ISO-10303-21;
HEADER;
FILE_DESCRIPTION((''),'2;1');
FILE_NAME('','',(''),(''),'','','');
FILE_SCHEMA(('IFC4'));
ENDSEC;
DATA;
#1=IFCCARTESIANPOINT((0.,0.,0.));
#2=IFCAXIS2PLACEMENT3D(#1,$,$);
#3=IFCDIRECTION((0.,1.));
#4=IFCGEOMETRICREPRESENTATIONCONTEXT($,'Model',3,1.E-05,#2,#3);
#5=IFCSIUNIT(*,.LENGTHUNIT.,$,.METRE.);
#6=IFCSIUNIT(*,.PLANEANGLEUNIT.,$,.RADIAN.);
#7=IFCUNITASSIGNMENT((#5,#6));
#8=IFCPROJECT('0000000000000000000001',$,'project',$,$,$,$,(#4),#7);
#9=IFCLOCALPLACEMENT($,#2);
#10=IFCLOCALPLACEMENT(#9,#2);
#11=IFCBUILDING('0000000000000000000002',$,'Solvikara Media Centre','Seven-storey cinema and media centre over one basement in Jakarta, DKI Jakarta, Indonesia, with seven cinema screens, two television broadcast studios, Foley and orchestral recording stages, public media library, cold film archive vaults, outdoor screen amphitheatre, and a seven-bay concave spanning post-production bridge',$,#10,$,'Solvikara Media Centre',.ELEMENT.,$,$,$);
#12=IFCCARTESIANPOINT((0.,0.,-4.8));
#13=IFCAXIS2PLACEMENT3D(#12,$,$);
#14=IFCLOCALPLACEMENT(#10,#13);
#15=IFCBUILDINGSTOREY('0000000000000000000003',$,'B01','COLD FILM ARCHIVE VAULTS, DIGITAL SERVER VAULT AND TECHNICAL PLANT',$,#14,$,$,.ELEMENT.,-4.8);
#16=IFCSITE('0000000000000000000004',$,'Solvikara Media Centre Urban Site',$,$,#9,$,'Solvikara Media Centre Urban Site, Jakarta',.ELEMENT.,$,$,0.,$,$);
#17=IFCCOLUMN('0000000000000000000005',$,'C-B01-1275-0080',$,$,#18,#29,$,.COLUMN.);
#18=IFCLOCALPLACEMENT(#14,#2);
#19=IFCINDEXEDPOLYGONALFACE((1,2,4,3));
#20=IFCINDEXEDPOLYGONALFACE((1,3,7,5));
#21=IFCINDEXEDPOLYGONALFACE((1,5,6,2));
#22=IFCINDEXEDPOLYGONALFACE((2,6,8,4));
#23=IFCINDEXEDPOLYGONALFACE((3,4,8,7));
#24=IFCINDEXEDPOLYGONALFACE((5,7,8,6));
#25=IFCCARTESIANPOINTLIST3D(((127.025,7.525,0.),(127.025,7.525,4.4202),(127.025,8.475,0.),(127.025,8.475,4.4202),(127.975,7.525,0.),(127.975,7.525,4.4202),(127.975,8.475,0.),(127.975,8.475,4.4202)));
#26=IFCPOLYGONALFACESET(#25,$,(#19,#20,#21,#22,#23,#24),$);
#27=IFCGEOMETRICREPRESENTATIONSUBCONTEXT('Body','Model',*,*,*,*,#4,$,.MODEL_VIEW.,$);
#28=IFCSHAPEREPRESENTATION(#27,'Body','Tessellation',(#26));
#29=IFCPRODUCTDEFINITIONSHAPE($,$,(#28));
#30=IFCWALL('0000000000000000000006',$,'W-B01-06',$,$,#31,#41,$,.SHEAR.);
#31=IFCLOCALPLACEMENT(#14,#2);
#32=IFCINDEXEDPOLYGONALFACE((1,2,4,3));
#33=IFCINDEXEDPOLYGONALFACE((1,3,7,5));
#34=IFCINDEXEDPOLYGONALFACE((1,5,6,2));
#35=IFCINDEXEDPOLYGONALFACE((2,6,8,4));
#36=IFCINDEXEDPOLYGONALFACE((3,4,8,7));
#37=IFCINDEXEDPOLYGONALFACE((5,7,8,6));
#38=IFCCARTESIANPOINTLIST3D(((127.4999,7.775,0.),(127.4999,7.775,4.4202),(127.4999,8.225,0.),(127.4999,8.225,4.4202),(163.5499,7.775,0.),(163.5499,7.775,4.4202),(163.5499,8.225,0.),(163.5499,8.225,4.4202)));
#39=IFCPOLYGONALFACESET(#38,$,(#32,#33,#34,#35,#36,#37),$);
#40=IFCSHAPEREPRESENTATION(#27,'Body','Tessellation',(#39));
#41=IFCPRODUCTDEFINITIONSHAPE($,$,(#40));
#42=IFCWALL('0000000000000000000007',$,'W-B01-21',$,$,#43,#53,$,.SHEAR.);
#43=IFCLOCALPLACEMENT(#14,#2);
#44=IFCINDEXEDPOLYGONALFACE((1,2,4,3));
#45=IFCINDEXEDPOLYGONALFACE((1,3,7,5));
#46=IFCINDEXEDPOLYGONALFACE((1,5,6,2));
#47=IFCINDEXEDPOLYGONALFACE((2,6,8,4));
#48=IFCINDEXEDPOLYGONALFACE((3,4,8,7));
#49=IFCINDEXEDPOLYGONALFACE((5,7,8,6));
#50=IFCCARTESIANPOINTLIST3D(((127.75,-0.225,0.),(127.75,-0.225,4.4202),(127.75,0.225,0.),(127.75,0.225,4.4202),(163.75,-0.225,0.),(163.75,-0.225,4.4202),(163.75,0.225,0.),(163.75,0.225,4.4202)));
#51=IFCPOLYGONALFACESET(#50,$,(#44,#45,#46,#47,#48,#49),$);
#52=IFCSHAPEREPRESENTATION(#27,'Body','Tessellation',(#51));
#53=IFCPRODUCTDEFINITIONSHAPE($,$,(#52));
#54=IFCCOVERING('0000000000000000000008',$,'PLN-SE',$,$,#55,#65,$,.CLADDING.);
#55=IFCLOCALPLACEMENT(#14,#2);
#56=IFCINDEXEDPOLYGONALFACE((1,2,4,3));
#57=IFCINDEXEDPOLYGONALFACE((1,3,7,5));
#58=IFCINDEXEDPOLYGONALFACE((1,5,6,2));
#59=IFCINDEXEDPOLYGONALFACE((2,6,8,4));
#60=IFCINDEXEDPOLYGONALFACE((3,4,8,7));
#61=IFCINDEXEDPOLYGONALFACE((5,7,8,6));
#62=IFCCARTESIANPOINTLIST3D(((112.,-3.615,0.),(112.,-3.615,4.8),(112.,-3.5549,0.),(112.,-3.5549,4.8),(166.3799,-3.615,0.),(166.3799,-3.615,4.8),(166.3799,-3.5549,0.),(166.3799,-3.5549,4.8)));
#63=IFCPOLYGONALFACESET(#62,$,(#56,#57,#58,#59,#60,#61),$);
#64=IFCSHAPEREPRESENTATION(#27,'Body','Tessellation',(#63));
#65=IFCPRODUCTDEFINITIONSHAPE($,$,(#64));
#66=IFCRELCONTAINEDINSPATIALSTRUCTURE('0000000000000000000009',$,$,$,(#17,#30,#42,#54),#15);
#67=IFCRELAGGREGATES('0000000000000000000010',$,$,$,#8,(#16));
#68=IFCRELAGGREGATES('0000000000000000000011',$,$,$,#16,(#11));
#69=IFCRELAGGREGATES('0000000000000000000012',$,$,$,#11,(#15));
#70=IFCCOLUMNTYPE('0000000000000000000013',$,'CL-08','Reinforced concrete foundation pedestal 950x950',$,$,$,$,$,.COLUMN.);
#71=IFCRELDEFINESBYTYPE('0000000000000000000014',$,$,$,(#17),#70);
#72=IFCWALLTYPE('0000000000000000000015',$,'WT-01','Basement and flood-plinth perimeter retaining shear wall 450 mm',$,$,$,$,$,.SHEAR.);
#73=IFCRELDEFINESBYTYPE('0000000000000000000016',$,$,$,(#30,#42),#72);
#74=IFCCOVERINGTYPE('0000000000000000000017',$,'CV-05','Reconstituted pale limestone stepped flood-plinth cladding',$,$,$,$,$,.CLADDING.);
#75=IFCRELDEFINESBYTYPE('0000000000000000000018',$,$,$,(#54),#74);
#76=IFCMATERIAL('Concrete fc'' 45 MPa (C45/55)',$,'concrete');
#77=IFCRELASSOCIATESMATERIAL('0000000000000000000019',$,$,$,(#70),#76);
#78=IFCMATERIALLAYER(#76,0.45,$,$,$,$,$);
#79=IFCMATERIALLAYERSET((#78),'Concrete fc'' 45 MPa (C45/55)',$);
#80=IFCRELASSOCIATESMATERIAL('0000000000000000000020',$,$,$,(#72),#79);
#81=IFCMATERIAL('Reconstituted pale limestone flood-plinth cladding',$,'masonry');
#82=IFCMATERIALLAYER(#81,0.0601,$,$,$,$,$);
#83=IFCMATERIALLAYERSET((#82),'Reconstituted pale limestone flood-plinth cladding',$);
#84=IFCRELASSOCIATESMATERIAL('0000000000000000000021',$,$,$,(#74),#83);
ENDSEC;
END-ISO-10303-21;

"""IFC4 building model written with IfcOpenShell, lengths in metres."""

from ifc_helpers import new_model, si_unit, direction, frame, frame_2d, origin, origin_2d, place, context, subcontext, project, spatial, rectangle, extrude, material, layer, layer_set, material_profile, profile_set, type_object, element, save


model = new_model("IFC4")

# Units and contexts
model_context = context("Model", 3, precision=1e-05, world=origin(), true_north=direction((0.0, 1.0)))
body_context = subcontext(model_context, "Body", "Model", "MODEL_VIEW")
ifc_project = project(units=[si_unit("LENGTHUNIT", "METRE"), si_unit("PLANEANGLEUNIT", "RADIAN")], contexts=[model_context])

# Site, building, storey
site_placement = place(None, origin())
site = spatial("IfcSite", under=ifc_project, at=site_placement, Name="Solvikara Media Centre Urban Site", LongName="Solvikara Media Centre Urban Site, Jakarta", CompositionType="ELEMENT", RefElevation=0.0)
building_placement = place(site_placement, origin())
building = spatial("IfcBuilding", under=site, at=building_placement, Name="Solvikara Media Centre", Description="Seven-storey cinema and media centre over one basement in Jakarta, DKI Jakarta, Indonesia, with seven cinema screens, two television broadcast studios, Foley and orchestral recording stages, public media library, cold film archive vaults, outdoor screen amphitheatre, and a seven-bay concave spanning post-production bridge", LongName="Solvikara Media Centre", CompositionType="ELEMENT")
storey_placement = place(building_placement, frame((0.0, 0.0, -4.8)))
storey = spatial("IfcBuildingStorey", under=building, at=storey_placement, Name="B01", Description="COLD FILM ARCHIVE VAULTS, DIGITAL SERVER VAULT AND TECHNICAL PLANT", CompositionType="ELEMENT", Elevation=-4.8)

# Column
ifc_material_1 = material(Name="Concrete fc' 45 MPa (C45/55)", Category="concrete")
ifc_material_profile_1 = material_profile(ifc_material_1, rectangle(XDim=0.95, YDim=0.95, at=origin_2d()), Name="RC 950x950")
ifc_profile_set_1 = profile_set([ifc_material_profile_1], Name="Concrete fc' 45 MPa (C45/55)")
column_type_1 = type_object("IfcColumnType", Name="CL-08", Description="Reinforced concrete foundation pedestal 950x950", PredefinedType="COLUMN", material=ifc_profile_set_1)
for number, where, z_axis, x_axis, name in (
    (1, (127.5, 8.0, 0.0), (0.0, 0.0, 1.0), (1.0, 0.0, 0.0), "C-B01-1275-0080"),
):
    element("IfcColumn", number, at=place(storey_placement, frame(where, z_axis=z_axis, x_axis=x_axis)), inside=storey, type_object=column_type_1, Name=name, PredefinedType="COLUMN", context=body_context, shape_type="SweptSolid", body=[
        extrude(rectangle(XDim=0.95, YDim=0.95, at=origin_2d()), origin(), (0.0, 0.0, 1.0), 4.4202),
    ])

# Walls
ifc_layer_1 = layer(ifc_material_1, 0.45)
ifc_layer_set_1 = layer_set([ifc_layer_1], Name="Concrete fc' 45 MPa (C45/55)")
wall_type = type_object("IfcWallType", Name="WT-01", Description="Basement and flood-plinth perimeter retaining shear wall 450 mm", PredefinedType="SHEAR", material=ifc_layer_set_1)
wall_1_placement = place(storey_placement, frame((127.5, 8.0, 0.0), z_axis=(0.0, 0.0, 1.0), x_axis=(1.0, 0.0, 0.0)))
element("IfcWall", 2, at=wall_1_placement, inside=storey, type_object=wall_type, Name="W-B01-06", PredefinedType="SHEAR", context=body_context, shape_type="SweptSolid", body=[
    extrude(rectangle(XDim=36.05, YDim=0.45, at=frame_2d((18.0249, 0.0))), origin(), (0.0, 0.0, 1.0), 4.4202),
])
wall_2_placement = place(storey_placement, frame((127.75, 0.0, 0.0), z_axis=(0.0, 0.0, 1.0), x_axis=(1.0, 0.0, 0.0)))
element("IfcWall", 3, at=wall_2_placement, inside=storey, type_object=wall_type, Name="W-B01-21", PredefinedType="SHEAR", context=body_context, shape_type="SweptSolid", body=[
    extrude(rectangle(XDim=36.0, YDim=0.45, at=frame_2d((18.0, 0.0))), origin(), (0.0, 0.0, 1.0), 4.4202),
])

# Covering
ifc_material_2 = material(Name="Reconstituted pale limestone flood-plinth cladding", Category="masonry")
ifc_layer_2 = layer(ifc_material_2, 0.0601)
ifc_layer_set_2 = layer_set([ifc_layer_2], Name="Reconstituted pale limestone flood-plinth cladding")
covering_type = type_object("IfcCoveringType", Name="CV-05", Description="Reconstituted pale limestone stepped flood-plinth cladding", PredefinedType="CLADDING", material=ifc_layer_set_2)
covering_placement = place(storey_placement, frame((139.1899, -3.585, 0.0), z_axis=(0.0, 0.0, 1.0), x_axis=(1.0, 0.0, 0.0)))
element("IfcCovering", 4, at=covering_placement, inside=storey, type_object=covering_type, Name="PLN-SE", PredefinedType="CLADDING", context=body_context, shape_type="SweptSolid", body=[
    extrude(rectangle(XDim=54.3799, YDim=0.0601, at=origin_2d()), origin(), (0.0, 0.0, 1.0), 4.8),
])

save(model, "model.ifc")
